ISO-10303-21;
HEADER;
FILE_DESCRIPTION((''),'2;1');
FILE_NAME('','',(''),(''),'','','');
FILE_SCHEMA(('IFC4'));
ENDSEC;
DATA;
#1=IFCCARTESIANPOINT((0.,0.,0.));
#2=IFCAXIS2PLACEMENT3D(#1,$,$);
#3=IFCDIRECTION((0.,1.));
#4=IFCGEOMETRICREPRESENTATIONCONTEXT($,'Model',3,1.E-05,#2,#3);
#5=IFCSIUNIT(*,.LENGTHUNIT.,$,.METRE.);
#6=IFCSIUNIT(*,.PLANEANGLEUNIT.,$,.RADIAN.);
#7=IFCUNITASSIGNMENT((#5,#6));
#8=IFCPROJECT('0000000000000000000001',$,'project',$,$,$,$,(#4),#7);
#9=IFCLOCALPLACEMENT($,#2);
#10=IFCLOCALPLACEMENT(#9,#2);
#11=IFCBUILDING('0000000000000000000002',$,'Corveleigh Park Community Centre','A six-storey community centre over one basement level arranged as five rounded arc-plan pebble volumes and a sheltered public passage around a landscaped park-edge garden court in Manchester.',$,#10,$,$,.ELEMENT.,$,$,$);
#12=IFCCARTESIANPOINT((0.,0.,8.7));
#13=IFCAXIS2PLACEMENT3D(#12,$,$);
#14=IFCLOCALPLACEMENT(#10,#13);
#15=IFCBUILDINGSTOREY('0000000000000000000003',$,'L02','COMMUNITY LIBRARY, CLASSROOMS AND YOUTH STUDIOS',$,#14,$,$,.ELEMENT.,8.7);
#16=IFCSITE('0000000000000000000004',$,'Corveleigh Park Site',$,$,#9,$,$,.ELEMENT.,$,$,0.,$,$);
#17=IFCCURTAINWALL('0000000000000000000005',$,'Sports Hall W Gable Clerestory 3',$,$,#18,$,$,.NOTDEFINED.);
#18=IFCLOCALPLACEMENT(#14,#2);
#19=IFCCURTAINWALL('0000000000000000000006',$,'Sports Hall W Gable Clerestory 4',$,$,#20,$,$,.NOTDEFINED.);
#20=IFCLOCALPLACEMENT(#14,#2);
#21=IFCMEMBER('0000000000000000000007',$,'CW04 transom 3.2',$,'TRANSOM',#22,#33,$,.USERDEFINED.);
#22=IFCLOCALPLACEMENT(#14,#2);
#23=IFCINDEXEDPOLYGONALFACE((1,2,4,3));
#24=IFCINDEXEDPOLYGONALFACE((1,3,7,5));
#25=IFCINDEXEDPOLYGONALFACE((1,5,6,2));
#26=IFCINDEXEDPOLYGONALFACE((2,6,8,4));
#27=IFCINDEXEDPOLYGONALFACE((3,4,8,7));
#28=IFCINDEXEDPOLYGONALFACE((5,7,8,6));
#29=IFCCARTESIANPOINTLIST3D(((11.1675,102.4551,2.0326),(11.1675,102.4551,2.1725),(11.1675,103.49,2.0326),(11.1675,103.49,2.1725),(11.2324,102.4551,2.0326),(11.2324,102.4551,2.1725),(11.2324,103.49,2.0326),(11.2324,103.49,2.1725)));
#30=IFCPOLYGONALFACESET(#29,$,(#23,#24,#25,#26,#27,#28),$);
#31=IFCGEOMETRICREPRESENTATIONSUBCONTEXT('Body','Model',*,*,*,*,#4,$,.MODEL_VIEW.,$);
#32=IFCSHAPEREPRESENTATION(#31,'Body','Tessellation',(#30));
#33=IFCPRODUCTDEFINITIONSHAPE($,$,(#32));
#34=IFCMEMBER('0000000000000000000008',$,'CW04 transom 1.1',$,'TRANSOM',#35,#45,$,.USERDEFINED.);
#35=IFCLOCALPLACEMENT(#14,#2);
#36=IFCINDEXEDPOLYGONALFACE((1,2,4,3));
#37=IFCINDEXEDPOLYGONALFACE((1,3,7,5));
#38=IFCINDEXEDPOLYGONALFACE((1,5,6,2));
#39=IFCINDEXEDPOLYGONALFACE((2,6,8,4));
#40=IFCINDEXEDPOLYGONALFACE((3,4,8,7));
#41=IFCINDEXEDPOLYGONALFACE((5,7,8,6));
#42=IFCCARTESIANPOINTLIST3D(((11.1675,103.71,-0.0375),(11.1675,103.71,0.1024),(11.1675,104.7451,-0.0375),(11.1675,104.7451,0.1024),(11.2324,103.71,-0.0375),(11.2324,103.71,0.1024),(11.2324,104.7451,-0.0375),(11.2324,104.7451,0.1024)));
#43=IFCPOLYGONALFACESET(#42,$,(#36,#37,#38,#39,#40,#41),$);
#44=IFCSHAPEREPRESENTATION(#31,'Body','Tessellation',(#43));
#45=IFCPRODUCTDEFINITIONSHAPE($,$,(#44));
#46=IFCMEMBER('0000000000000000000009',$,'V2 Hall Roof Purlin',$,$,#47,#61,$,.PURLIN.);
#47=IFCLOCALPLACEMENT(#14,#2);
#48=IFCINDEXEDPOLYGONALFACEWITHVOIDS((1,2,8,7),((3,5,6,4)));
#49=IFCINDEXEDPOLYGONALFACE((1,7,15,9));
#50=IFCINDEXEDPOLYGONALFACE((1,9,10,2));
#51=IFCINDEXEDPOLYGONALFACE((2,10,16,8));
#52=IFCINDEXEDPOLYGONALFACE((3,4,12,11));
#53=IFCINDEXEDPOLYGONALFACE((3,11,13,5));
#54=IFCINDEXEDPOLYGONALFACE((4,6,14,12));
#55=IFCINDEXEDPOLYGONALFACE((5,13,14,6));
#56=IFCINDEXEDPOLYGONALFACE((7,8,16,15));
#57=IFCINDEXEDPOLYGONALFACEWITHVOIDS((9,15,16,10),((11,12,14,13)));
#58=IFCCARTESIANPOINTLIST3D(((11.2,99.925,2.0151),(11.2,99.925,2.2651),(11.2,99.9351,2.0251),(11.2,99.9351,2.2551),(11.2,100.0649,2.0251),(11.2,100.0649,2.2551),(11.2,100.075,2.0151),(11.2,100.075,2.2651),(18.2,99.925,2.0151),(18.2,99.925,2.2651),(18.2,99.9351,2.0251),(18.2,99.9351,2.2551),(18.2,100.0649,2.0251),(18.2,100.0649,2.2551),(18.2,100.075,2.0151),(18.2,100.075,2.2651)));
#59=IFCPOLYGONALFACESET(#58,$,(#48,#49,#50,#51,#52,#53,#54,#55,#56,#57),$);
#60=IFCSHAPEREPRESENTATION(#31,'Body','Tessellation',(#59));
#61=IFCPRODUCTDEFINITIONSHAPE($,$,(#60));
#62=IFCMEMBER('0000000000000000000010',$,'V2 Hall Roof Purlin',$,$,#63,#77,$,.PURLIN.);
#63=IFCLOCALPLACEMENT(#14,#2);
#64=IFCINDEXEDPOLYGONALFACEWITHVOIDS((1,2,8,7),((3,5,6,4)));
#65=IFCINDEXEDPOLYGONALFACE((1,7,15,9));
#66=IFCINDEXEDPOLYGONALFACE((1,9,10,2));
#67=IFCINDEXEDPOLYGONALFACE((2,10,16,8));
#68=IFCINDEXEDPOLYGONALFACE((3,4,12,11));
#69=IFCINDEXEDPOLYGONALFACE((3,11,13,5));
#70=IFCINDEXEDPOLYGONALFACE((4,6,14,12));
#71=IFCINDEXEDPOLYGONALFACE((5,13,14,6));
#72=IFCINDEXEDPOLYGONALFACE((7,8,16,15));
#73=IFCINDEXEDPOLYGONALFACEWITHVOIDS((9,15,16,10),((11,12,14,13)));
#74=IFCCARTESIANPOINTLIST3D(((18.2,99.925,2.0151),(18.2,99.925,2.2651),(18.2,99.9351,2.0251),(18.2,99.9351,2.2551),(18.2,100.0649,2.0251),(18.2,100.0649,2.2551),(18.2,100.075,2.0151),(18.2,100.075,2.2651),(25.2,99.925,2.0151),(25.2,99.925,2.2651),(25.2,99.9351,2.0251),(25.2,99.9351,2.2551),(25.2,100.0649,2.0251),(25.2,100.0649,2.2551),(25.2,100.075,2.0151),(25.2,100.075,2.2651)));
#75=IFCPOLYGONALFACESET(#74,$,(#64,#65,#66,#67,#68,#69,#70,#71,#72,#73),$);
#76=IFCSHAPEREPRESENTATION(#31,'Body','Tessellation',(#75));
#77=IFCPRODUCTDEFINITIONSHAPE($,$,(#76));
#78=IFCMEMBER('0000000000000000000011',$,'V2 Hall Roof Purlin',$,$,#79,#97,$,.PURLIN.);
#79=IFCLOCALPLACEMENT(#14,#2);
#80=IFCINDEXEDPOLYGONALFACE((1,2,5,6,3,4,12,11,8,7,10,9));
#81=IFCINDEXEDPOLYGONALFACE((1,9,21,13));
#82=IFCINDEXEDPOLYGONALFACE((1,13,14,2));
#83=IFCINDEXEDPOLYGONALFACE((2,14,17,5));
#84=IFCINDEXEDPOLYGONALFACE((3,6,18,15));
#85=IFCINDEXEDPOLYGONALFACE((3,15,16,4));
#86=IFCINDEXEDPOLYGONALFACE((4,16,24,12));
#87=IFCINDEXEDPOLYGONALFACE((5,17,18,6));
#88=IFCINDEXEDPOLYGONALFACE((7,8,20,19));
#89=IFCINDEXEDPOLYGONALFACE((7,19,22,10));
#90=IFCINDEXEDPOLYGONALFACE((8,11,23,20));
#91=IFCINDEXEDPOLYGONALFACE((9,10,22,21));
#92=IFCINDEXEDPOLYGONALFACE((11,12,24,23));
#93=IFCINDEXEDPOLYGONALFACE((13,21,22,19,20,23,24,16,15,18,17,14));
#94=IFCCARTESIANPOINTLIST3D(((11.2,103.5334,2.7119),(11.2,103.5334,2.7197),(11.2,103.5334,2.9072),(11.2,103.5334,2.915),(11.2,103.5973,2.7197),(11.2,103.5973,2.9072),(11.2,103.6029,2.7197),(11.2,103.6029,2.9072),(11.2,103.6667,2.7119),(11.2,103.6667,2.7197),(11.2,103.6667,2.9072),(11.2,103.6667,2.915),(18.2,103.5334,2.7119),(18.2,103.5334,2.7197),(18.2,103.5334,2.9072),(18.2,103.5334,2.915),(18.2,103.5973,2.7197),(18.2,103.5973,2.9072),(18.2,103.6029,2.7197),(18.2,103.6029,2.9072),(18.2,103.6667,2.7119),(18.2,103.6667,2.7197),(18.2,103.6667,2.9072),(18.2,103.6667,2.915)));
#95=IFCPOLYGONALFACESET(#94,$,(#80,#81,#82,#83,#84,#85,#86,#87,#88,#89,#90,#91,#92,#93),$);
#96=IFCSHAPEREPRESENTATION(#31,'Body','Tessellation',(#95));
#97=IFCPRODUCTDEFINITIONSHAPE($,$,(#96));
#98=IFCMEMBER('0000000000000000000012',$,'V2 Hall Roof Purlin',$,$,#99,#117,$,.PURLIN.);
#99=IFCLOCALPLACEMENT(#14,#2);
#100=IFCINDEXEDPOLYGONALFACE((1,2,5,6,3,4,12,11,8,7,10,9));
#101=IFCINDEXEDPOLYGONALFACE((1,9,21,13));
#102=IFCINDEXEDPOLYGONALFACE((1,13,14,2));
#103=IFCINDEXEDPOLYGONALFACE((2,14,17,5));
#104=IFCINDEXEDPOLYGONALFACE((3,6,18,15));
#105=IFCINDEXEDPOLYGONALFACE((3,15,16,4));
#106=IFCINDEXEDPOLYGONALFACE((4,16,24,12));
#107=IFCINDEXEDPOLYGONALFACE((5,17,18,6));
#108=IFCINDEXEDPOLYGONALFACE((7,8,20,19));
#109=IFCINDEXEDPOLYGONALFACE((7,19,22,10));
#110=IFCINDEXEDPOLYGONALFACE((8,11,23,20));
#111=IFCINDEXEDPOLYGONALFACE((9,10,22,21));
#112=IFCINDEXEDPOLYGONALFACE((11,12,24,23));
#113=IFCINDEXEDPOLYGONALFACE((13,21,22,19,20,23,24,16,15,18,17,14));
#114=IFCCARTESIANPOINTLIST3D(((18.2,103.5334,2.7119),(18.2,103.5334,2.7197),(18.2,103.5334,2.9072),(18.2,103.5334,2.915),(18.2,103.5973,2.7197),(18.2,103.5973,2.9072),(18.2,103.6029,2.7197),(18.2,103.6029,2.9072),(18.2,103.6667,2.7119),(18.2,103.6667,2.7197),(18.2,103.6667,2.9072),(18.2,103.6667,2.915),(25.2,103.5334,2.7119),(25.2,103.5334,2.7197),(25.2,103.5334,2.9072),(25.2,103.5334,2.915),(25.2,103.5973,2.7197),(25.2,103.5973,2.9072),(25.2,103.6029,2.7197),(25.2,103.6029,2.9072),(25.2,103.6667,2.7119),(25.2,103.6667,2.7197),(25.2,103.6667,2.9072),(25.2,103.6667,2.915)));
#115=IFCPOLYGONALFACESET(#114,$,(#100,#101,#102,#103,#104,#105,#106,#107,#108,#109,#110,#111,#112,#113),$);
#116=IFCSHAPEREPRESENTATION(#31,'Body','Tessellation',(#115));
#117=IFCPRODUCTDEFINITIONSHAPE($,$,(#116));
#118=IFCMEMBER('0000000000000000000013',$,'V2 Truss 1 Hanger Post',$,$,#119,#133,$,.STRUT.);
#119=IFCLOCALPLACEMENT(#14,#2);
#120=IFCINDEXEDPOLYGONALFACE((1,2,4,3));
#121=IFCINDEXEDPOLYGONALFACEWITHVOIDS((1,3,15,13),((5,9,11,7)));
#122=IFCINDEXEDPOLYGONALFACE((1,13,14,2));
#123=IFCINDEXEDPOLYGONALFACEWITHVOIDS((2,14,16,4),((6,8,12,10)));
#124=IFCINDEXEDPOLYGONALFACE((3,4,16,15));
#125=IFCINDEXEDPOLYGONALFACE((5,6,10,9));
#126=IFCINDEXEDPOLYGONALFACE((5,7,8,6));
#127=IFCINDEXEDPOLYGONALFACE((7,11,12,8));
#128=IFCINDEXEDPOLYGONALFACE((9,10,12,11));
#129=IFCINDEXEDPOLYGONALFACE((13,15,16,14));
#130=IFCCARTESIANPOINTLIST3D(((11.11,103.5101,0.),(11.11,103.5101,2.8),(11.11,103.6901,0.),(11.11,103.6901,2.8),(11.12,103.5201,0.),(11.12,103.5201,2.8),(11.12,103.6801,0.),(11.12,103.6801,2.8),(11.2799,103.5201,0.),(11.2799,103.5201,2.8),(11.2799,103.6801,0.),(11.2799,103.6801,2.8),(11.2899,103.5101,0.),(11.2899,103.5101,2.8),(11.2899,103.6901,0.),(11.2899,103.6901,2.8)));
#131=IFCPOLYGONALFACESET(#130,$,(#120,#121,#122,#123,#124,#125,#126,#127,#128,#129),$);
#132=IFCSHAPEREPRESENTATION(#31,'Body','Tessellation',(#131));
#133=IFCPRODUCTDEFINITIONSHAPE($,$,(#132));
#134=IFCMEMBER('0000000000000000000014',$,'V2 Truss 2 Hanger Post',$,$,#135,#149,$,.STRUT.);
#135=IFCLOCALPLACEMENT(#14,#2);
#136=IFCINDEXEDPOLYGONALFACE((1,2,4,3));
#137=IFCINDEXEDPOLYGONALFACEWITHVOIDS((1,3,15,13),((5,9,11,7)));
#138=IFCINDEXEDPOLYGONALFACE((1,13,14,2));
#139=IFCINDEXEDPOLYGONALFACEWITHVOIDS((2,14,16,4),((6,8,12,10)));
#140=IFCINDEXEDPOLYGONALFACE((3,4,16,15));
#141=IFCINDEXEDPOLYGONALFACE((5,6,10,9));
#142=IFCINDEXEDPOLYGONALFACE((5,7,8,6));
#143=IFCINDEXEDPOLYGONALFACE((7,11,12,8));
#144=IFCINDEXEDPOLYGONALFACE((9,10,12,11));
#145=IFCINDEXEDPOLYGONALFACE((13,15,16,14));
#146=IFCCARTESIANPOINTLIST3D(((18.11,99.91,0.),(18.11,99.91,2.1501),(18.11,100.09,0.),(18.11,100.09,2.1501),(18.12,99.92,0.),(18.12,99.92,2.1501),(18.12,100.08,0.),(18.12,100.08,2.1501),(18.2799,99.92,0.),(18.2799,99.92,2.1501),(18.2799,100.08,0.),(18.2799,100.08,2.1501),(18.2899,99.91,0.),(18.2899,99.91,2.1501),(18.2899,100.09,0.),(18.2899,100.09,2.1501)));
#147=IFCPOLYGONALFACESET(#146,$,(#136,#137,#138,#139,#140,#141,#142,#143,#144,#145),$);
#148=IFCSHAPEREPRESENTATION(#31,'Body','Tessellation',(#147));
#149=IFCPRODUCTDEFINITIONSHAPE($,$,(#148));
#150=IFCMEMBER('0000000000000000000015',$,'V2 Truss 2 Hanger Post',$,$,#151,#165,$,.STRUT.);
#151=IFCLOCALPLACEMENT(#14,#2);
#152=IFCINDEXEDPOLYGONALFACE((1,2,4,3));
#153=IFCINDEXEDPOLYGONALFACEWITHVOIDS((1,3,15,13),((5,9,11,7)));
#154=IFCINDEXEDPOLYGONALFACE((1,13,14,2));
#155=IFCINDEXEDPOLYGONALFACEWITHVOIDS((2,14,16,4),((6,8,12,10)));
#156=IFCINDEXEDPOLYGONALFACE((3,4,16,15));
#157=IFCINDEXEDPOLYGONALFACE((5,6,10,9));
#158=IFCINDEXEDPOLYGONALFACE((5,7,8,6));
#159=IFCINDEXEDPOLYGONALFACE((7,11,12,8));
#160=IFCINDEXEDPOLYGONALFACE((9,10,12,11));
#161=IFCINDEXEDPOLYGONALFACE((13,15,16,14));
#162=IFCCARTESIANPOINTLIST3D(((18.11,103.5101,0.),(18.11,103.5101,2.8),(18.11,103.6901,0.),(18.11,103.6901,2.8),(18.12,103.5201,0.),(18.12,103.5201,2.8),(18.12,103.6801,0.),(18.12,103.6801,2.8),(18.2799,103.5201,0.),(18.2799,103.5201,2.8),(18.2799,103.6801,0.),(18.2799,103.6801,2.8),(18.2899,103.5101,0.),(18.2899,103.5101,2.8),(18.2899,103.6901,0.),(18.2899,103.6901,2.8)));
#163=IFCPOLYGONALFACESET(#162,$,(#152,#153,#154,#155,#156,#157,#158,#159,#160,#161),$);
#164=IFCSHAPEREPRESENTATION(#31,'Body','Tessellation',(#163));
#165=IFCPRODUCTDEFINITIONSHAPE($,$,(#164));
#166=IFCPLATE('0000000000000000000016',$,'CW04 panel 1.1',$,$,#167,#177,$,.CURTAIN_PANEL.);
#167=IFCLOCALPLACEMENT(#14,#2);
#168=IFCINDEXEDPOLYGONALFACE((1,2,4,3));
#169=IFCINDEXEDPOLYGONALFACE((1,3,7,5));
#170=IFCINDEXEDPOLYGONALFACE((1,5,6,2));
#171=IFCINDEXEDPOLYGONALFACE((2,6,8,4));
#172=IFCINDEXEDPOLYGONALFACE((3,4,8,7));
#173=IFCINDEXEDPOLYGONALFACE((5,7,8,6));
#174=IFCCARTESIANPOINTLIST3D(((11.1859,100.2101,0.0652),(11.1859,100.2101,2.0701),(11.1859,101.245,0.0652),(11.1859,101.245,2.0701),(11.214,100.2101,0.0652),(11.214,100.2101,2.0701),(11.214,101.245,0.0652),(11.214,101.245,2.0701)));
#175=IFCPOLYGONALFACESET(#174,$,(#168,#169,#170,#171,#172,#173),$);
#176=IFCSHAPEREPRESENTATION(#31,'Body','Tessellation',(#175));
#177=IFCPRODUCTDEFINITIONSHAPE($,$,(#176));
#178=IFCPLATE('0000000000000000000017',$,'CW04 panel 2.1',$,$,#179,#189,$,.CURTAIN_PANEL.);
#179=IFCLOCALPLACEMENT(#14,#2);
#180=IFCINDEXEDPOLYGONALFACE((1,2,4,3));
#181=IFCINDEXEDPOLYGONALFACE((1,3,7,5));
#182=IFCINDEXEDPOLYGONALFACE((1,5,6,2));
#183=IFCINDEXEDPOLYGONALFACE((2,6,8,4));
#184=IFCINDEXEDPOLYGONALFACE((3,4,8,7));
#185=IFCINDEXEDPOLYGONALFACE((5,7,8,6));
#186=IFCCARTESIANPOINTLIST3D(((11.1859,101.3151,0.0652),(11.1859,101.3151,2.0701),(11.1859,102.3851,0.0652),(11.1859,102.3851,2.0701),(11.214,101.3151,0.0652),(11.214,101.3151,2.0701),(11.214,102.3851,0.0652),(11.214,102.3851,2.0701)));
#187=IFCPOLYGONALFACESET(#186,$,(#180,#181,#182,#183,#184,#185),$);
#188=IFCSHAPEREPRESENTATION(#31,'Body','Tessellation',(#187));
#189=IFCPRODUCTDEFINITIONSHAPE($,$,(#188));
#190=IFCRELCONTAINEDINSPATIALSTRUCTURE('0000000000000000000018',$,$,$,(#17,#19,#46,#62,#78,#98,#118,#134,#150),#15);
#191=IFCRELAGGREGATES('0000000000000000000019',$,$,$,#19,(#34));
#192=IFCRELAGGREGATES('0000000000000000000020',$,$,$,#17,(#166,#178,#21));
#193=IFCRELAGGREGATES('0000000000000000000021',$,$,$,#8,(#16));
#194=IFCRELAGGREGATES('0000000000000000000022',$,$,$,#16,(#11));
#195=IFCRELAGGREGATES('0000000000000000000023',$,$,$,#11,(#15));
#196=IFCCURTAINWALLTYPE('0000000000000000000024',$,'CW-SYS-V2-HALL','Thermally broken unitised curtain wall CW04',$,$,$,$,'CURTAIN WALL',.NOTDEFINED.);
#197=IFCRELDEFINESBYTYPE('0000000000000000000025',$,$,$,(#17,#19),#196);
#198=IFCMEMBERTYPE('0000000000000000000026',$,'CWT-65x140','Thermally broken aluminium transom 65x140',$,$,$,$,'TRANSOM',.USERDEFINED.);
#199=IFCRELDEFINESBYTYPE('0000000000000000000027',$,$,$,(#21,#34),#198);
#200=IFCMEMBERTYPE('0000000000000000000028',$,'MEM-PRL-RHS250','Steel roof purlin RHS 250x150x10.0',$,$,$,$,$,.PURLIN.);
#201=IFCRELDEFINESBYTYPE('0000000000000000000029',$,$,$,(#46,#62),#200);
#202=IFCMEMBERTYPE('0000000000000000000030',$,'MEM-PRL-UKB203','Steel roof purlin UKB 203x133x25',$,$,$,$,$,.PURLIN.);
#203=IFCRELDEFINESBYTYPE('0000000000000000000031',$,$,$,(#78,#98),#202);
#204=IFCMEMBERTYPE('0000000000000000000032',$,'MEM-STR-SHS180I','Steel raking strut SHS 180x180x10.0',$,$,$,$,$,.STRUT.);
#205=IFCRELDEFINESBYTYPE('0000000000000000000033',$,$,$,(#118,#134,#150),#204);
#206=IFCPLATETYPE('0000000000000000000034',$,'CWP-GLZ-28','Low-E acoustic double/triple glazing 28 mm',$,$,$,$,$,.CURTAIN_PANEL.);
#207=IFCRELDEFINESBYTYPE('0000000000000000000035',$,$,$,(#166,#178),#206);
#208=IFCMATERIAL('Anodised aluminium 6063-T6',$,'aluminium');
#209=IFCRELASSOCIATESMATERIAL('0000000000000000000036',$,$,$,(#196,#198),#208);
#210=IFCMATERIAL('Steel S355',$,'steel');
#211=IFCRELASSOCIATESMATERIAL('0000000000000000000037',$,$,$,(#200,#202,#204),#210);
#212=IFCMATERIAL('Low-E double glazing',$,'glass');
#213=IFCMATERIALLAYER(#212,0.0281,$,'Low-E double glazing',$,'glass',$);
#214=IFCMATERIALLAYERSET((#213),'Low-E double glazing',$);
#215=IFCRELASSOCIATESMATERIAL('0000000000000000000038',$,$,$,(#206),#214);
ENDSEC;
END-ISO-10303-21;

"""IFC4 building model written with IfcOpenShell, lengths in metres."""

from ifc_helpers import new_model, si_unit, direction, frame, origin, origin_2d, place, context, subcontext, project, spatial, rectangle, hollow_rectangle, i_section, extrude, material, layer, layer_set, material_profile, profile_set, type_object, element, aggregate, save


model = new_model("IFC4")

# Units and contexts
model_context = context("Model", 3, precision=1e-05, world=origin(), true_north=direction((0.0, 1.0)))
body_context = subcontext(model_context, "Body", "Model", "MODEL_VIEW")
ifc_project = project(units=[si_unit("LENGTHUNIT", "METRE"), si_unit("PLANEANGLEUNIT", "RADIAN")], contexts=[model_context])

# Site, building, storey
site_placement = place(None, origin())
site = spatial("IfcSite", under=ifc_project, at=site_placement, Name="Corveleigh Park Site", CompositionType="ELEMENT", RefElevation=0.0)
building_placement = place(site_placement, origin())
building = spatial("IfcBuilding", under=site, at=building_placement, Name="Corveleigh Park Community Centre", Description="A six-storey community centre over one basement level arranged as five rounded arc-plan pebble volumes and a sheltered public passage around a landscaped park-edge garden court in Manchester.", CompositionType="ELEMENT")
storey_placement = place(building_placement, frame((0.0, 0.0, 8.7)))
storey = spatial("IfcBuildingStorey", under=building, at=storey_placement, Name="L02", Description="COMMUNITY LIBRARY, CLASSROOMS AND YOUTH STUDIOS", CompositionType="ELEMENT", Elevation=8.7)

# Shared definitions
ifc_material_1 = material(Name="Steel S355", Category="steel")

# Shared definitions
ifc_material_2 = material(Name="Anodised aluminium 6063-T6", Category="aluminium")
curtain_wall_type = type_object("IfcCurtainWallType", Name="CW-SYS-V2-HALL", Description="Thermally broken unitised curtain wall CW04", ElementType="CURTAIN WALL", PredefinedType="NOTDEFINED", material=ifc_material_2)

# Curtain wall
curtain_wall_1_placement = place(storey_placement, origin())
curtain_wall_1 = element("IfcCurtainWall", 1, at=curtain_wall_1_placement, inside=storey, type_object=curtain_wall_type, Name="Sports Hall W Gable Clerestory 3", PredefinedType="NOTDEFINED")

# Curtain wall
curtain_wall_2_placement = place(storey_placement, origin())
curtain_wall_2 = element("IfcCurtainWall", 2, at=curtain_wall_2_placement, inside=storey, type_object=curtain_wall_type, Name="Sports Hall W Gable Clerestory 4", PredefinedType="NOTDEFINED")

# Members
ifc_material_profile_1 = material_profile(ifc_material_2, rectangle(XDim=0.0649, YDim=0.1399, at=origin_2d()), Name="ALU-T65x140", Category="aluminium")
ifc_profile_set_1 = profile_set([ifc_material_profile_1], Name="Anodised aluminium 6063-T6")
member_type_1 = type_object("IfcMemberType", Name="CWT-65x140", Description="Thermally broken aluminium transom 65x140", ElementType="TRANSOM", PredefinedType="USERDEFINED", material=ifc_profile_set_1)
member_1_placement = place(storey_placement, frame((11.2, 102.4551, 2.1025), z_axis=(0.0, 1.0, 0.0), x_axis=(-1.0, 0.0, 0.0)))
member_1 = element("IfcMember", 3, at=member_1_placement, type_object=member_type_1, Name="CW04 transom 3.2", ObjectType="TRANSOM", PredefinedType="USERDEFINED", context=body_context, shape_type="SweptSolid", body=[
    extrude(rectangle(XDim=0.0649, YDim=0.1399, at=origin_2d()), origin(), (0.0, 0.0, 1.0), 1.0349),
])
member_2_placement = place(storey_placement, frame((11.2, 103.71, 0.0325), z_axis=(0.0, 1.0, 0.0), x_axis=(-1.0, 0.0, 0.0)))
member_2 = element("IfcMember", 4, at=member_2_placement, type_object=member_type_1, Name="CW04 transom 1.1", ObjectType="TRANSOM", PredefinedType="USERDEFINED", context=body_context, shape_type="SweptSolid", body=[
    extrude(rectangle(XDim=0.0649, YDim=0.1399, at=origin_2d()), origin(), (0.0, 0.0, 1.0), 1.0352),
])
aggregate(curtain_wall_2, [member_2])

# Members
ifc_material_profile_2 = material_profile(ifc_material_1, hollow_rectangle(XDim=0.1499, YDim=0.25, WallThickness=0.01, at=origin_2d()), Name="RHS 250x150x10.0", Category="steel")
ifc_profile_set_2 = profile_set([ifc_material_profile_2], Name="Steel S355")
member_type_2 = type_object("IfcMemberType", Name="MEM-PRL-RHS250", Description="Steel roof purlin RHS 250x150x10.0", PredefinedType="PURLIN", material=ifc_profile_set_2)
for number, where, z_axis, x_axis, name in (
    (5, (11.2, 100.0, 2.1401), (1.0, 0.0, 0.0), (0.0, 1.0, 0.0), "V2 Hall Roof Purlin"),
    (6, (18.2, 100.0, 2.1401), (1.0, 0.0, 0.0), (0.0, 1.0, 0.0), "V2 Hall Roof Purlin"),
):
    element("IfcMember", number, at=place(storey_placement, frame(where, z_axis=z_axis, x_axis=x_axis)), inside=storey, type_object=member_type_2, Name=name, PredefinedType="PURLIN", context=body_context, shape_type="SweptSolid", body=[
        extrude(hollow_rectangle(XDim=0.1499, YDim=0.25, WallThickness=0.01, at=origin_2d()), origin(), (0.0, 0.0, 1.0), 7.0),
    ])
ifc_material_profile_3 = material_profile(ifc_material_1, i_section(OverallWidth=0.1333, OverallDepth=0.2031, WebThickness=0.0056, FlangeThickness=0.0078, at=origin_2d()), Name="UKB 203x133x25", Category="steel")
ifc_profile_set_3 = profile_set([ifc_material_profile_3], Name="Steel S355")
member_type_3 = type_object("IfcMemberType", Name="MEM-PRL-UKB203", Description="Steel roof purlin UKB 203x133x25", PredefinedType="PURLIN", material=ifc_profile_set_3)
for number, where, z_axis, x_axis, name in (
    (7, (11.2, 103.6001, 2.8135), (1.0, 0.0, 0.0), (0.0, 1.0, 0.0), "V2 Hall Roof Purlin"),
    (8, (18.2, 103.6001, 2.8135), (1.0, 0.0, 0.0), (0.0, 1.0, 0.0), "V2 Hall Roof Purlin"),
):
    element("IfcMember", number, at=place(storey_placement, frame(where, z_axis=z_axis, x_axis=x_axis)), inside=storey, type_object=member_type_3, Name=name, PredefinedType="PURLIN", context=body_context, shape_type="SweptSolid", body=[
        extrude(i_section(OverallWidth=0.1333, OverallDepth=0.2031, WebThickness=0.0056, FlangeThickness=0.0078, at=origin_2d()), origin(), (0.0, 0.0, 1.0), 7.0),
    ])
ifc_material_profile_4 = material_profile(ifc_material_1, hollow_rectangle(XDim=0.1799, YDim=0.1799, WallThickness=0.01, at=origin_2d()), Name="SHS 180x180x10.0", Category="steel")
ifc_profile_set_4 = profile_set([ifc_material_profile_4], Name="Steel S355")
member_type_4 = type_object("IfcMemberType", Name="MEM-STR-SHS180I", Description="Steel raking strut SHS 180x180x10.0", PredefinedType="STRUT", material=ifc_profile_set_4)
member_3_placement = place(storey_placement, frame((11.2, 103.6001, 0.0), z_axis=(0.0, 0.0, 1.0), x_axis=(1.0, 0.0, 0.0)))
element("IfcMember", 9, at=member_3_placement, inside=storey, type_object=member_type_4, Name="V2 Truss 1 Hanger Post", PredefinedType="STRUT", context=body_context, shape_type="SweptSolid", body=[
    extrude(hollow_rectangle(XDim=0.1799, YDim=0.1799, WallThickness=0.01, at=origin_2d()), origin(), (0.0, 0.0, 1.0), 2.8),
])
member_4_placement = place(storey_placement, frame((18.2, 100.0, 0.0), z_axis=(0.0, 0.0, 1.0), x_axis=(1.0, 0.0, 0.0)))
element("IfcMember", 10, at=member_4_placement, inside=storey, type_object=member_type_4, Name="V2 Truss 2 Hanger Post", PredefinedType="STRUT", context=body_context, shape_type="SweptSolid", body=[
    extrude(hollow_rectangle(XDim=0.1799, YDim=0.1799, WallThickness=0.01, at=origin_2d()), origin(), (0.0, 0.0, 1.0), 2.1501),
])
member_5_placement = place(storey_placement, frame((18.2, 103.6001, 0.0), z_axis=(0.0, 0.0, 1.0), x_axis=(1.0, 0.0, 0.0)))
element("IfcMember", 11, at=member_5_placement, inside=storey, type_object=member_type_4, Name="V2 Truss 2 Hanger Post", PredefinedType="STRUT", context=body_context, shape_type="SweptSolid", body=[
    extrude(hollow_rectangle(XDim=0.1799, YDim=0.1799, WallThickness=0.01, at=origin_2d()), origin(), (0.0, 0.0, 1.0), 2.8),
])

# Plates
ifc_material_3 = material(Name="Low-E double glazing", Category="glass")
ifc_layer_1 = layer(ifc_material_3, 0.0281, Name="Low-E double glazing", Category="glass")
ifc_layer_set_1 = layer_set([ifc_layer_1], Name="Low-E double glazing")
plate_type_1 = type_object("IfcPlateType", Name="CWP-GLZ-28", Description="Low-E acoustic double/triple glazing 28 mm", PredefinedType="CURTAIN_PANEL", material=ifc_layer_set_1)
plate_1_placement = place(storey_placement, frame((11.2, 100.7275, 0.0652), z_axis=(0.0, 0.0, 1.0), x_axis=(0.0, 1.0, 0.0)))
plate_1 = element("IfcPlate", 12, at=plate_1_placement, type_object=plate_type_1, Name="CW04 panel 1.1", PredefinedType="CURTAIN_PANEL", context=body_context, shape_type="SweptSolid", body=[
    extrude(rectangle(XDim=1.0349, YDim=0.0281, at=origin_2d()), origin(), (0.0, 0.0, 1.0), 2.0049),
])
plate_2_placement = place(storey_placement, frame((11.2, 101.8501, 0.0652), z_axis=(0.0, 0.0, 1.0), x_axis=(0.0, 1.0, 0.0)))
plate_2 = element("IfcPlate", 13, at=plate_2_placement, type_object=plate_type_1, Name="CW04 panel 2.1", PredefinedType="CURTAIN_PANEL", context=body_context, shape_type="SweptSolid", body=[
    extrude(rectangle(XDim=1.0701, YDim=0.0281, at=origin_2d()), origin(), (0.0, 0.0, 1.0), 2.0049),
])
aggregate(curtain_wall_1, [plate_1, plate_2, member_1])

save(model, "model.ifc")
